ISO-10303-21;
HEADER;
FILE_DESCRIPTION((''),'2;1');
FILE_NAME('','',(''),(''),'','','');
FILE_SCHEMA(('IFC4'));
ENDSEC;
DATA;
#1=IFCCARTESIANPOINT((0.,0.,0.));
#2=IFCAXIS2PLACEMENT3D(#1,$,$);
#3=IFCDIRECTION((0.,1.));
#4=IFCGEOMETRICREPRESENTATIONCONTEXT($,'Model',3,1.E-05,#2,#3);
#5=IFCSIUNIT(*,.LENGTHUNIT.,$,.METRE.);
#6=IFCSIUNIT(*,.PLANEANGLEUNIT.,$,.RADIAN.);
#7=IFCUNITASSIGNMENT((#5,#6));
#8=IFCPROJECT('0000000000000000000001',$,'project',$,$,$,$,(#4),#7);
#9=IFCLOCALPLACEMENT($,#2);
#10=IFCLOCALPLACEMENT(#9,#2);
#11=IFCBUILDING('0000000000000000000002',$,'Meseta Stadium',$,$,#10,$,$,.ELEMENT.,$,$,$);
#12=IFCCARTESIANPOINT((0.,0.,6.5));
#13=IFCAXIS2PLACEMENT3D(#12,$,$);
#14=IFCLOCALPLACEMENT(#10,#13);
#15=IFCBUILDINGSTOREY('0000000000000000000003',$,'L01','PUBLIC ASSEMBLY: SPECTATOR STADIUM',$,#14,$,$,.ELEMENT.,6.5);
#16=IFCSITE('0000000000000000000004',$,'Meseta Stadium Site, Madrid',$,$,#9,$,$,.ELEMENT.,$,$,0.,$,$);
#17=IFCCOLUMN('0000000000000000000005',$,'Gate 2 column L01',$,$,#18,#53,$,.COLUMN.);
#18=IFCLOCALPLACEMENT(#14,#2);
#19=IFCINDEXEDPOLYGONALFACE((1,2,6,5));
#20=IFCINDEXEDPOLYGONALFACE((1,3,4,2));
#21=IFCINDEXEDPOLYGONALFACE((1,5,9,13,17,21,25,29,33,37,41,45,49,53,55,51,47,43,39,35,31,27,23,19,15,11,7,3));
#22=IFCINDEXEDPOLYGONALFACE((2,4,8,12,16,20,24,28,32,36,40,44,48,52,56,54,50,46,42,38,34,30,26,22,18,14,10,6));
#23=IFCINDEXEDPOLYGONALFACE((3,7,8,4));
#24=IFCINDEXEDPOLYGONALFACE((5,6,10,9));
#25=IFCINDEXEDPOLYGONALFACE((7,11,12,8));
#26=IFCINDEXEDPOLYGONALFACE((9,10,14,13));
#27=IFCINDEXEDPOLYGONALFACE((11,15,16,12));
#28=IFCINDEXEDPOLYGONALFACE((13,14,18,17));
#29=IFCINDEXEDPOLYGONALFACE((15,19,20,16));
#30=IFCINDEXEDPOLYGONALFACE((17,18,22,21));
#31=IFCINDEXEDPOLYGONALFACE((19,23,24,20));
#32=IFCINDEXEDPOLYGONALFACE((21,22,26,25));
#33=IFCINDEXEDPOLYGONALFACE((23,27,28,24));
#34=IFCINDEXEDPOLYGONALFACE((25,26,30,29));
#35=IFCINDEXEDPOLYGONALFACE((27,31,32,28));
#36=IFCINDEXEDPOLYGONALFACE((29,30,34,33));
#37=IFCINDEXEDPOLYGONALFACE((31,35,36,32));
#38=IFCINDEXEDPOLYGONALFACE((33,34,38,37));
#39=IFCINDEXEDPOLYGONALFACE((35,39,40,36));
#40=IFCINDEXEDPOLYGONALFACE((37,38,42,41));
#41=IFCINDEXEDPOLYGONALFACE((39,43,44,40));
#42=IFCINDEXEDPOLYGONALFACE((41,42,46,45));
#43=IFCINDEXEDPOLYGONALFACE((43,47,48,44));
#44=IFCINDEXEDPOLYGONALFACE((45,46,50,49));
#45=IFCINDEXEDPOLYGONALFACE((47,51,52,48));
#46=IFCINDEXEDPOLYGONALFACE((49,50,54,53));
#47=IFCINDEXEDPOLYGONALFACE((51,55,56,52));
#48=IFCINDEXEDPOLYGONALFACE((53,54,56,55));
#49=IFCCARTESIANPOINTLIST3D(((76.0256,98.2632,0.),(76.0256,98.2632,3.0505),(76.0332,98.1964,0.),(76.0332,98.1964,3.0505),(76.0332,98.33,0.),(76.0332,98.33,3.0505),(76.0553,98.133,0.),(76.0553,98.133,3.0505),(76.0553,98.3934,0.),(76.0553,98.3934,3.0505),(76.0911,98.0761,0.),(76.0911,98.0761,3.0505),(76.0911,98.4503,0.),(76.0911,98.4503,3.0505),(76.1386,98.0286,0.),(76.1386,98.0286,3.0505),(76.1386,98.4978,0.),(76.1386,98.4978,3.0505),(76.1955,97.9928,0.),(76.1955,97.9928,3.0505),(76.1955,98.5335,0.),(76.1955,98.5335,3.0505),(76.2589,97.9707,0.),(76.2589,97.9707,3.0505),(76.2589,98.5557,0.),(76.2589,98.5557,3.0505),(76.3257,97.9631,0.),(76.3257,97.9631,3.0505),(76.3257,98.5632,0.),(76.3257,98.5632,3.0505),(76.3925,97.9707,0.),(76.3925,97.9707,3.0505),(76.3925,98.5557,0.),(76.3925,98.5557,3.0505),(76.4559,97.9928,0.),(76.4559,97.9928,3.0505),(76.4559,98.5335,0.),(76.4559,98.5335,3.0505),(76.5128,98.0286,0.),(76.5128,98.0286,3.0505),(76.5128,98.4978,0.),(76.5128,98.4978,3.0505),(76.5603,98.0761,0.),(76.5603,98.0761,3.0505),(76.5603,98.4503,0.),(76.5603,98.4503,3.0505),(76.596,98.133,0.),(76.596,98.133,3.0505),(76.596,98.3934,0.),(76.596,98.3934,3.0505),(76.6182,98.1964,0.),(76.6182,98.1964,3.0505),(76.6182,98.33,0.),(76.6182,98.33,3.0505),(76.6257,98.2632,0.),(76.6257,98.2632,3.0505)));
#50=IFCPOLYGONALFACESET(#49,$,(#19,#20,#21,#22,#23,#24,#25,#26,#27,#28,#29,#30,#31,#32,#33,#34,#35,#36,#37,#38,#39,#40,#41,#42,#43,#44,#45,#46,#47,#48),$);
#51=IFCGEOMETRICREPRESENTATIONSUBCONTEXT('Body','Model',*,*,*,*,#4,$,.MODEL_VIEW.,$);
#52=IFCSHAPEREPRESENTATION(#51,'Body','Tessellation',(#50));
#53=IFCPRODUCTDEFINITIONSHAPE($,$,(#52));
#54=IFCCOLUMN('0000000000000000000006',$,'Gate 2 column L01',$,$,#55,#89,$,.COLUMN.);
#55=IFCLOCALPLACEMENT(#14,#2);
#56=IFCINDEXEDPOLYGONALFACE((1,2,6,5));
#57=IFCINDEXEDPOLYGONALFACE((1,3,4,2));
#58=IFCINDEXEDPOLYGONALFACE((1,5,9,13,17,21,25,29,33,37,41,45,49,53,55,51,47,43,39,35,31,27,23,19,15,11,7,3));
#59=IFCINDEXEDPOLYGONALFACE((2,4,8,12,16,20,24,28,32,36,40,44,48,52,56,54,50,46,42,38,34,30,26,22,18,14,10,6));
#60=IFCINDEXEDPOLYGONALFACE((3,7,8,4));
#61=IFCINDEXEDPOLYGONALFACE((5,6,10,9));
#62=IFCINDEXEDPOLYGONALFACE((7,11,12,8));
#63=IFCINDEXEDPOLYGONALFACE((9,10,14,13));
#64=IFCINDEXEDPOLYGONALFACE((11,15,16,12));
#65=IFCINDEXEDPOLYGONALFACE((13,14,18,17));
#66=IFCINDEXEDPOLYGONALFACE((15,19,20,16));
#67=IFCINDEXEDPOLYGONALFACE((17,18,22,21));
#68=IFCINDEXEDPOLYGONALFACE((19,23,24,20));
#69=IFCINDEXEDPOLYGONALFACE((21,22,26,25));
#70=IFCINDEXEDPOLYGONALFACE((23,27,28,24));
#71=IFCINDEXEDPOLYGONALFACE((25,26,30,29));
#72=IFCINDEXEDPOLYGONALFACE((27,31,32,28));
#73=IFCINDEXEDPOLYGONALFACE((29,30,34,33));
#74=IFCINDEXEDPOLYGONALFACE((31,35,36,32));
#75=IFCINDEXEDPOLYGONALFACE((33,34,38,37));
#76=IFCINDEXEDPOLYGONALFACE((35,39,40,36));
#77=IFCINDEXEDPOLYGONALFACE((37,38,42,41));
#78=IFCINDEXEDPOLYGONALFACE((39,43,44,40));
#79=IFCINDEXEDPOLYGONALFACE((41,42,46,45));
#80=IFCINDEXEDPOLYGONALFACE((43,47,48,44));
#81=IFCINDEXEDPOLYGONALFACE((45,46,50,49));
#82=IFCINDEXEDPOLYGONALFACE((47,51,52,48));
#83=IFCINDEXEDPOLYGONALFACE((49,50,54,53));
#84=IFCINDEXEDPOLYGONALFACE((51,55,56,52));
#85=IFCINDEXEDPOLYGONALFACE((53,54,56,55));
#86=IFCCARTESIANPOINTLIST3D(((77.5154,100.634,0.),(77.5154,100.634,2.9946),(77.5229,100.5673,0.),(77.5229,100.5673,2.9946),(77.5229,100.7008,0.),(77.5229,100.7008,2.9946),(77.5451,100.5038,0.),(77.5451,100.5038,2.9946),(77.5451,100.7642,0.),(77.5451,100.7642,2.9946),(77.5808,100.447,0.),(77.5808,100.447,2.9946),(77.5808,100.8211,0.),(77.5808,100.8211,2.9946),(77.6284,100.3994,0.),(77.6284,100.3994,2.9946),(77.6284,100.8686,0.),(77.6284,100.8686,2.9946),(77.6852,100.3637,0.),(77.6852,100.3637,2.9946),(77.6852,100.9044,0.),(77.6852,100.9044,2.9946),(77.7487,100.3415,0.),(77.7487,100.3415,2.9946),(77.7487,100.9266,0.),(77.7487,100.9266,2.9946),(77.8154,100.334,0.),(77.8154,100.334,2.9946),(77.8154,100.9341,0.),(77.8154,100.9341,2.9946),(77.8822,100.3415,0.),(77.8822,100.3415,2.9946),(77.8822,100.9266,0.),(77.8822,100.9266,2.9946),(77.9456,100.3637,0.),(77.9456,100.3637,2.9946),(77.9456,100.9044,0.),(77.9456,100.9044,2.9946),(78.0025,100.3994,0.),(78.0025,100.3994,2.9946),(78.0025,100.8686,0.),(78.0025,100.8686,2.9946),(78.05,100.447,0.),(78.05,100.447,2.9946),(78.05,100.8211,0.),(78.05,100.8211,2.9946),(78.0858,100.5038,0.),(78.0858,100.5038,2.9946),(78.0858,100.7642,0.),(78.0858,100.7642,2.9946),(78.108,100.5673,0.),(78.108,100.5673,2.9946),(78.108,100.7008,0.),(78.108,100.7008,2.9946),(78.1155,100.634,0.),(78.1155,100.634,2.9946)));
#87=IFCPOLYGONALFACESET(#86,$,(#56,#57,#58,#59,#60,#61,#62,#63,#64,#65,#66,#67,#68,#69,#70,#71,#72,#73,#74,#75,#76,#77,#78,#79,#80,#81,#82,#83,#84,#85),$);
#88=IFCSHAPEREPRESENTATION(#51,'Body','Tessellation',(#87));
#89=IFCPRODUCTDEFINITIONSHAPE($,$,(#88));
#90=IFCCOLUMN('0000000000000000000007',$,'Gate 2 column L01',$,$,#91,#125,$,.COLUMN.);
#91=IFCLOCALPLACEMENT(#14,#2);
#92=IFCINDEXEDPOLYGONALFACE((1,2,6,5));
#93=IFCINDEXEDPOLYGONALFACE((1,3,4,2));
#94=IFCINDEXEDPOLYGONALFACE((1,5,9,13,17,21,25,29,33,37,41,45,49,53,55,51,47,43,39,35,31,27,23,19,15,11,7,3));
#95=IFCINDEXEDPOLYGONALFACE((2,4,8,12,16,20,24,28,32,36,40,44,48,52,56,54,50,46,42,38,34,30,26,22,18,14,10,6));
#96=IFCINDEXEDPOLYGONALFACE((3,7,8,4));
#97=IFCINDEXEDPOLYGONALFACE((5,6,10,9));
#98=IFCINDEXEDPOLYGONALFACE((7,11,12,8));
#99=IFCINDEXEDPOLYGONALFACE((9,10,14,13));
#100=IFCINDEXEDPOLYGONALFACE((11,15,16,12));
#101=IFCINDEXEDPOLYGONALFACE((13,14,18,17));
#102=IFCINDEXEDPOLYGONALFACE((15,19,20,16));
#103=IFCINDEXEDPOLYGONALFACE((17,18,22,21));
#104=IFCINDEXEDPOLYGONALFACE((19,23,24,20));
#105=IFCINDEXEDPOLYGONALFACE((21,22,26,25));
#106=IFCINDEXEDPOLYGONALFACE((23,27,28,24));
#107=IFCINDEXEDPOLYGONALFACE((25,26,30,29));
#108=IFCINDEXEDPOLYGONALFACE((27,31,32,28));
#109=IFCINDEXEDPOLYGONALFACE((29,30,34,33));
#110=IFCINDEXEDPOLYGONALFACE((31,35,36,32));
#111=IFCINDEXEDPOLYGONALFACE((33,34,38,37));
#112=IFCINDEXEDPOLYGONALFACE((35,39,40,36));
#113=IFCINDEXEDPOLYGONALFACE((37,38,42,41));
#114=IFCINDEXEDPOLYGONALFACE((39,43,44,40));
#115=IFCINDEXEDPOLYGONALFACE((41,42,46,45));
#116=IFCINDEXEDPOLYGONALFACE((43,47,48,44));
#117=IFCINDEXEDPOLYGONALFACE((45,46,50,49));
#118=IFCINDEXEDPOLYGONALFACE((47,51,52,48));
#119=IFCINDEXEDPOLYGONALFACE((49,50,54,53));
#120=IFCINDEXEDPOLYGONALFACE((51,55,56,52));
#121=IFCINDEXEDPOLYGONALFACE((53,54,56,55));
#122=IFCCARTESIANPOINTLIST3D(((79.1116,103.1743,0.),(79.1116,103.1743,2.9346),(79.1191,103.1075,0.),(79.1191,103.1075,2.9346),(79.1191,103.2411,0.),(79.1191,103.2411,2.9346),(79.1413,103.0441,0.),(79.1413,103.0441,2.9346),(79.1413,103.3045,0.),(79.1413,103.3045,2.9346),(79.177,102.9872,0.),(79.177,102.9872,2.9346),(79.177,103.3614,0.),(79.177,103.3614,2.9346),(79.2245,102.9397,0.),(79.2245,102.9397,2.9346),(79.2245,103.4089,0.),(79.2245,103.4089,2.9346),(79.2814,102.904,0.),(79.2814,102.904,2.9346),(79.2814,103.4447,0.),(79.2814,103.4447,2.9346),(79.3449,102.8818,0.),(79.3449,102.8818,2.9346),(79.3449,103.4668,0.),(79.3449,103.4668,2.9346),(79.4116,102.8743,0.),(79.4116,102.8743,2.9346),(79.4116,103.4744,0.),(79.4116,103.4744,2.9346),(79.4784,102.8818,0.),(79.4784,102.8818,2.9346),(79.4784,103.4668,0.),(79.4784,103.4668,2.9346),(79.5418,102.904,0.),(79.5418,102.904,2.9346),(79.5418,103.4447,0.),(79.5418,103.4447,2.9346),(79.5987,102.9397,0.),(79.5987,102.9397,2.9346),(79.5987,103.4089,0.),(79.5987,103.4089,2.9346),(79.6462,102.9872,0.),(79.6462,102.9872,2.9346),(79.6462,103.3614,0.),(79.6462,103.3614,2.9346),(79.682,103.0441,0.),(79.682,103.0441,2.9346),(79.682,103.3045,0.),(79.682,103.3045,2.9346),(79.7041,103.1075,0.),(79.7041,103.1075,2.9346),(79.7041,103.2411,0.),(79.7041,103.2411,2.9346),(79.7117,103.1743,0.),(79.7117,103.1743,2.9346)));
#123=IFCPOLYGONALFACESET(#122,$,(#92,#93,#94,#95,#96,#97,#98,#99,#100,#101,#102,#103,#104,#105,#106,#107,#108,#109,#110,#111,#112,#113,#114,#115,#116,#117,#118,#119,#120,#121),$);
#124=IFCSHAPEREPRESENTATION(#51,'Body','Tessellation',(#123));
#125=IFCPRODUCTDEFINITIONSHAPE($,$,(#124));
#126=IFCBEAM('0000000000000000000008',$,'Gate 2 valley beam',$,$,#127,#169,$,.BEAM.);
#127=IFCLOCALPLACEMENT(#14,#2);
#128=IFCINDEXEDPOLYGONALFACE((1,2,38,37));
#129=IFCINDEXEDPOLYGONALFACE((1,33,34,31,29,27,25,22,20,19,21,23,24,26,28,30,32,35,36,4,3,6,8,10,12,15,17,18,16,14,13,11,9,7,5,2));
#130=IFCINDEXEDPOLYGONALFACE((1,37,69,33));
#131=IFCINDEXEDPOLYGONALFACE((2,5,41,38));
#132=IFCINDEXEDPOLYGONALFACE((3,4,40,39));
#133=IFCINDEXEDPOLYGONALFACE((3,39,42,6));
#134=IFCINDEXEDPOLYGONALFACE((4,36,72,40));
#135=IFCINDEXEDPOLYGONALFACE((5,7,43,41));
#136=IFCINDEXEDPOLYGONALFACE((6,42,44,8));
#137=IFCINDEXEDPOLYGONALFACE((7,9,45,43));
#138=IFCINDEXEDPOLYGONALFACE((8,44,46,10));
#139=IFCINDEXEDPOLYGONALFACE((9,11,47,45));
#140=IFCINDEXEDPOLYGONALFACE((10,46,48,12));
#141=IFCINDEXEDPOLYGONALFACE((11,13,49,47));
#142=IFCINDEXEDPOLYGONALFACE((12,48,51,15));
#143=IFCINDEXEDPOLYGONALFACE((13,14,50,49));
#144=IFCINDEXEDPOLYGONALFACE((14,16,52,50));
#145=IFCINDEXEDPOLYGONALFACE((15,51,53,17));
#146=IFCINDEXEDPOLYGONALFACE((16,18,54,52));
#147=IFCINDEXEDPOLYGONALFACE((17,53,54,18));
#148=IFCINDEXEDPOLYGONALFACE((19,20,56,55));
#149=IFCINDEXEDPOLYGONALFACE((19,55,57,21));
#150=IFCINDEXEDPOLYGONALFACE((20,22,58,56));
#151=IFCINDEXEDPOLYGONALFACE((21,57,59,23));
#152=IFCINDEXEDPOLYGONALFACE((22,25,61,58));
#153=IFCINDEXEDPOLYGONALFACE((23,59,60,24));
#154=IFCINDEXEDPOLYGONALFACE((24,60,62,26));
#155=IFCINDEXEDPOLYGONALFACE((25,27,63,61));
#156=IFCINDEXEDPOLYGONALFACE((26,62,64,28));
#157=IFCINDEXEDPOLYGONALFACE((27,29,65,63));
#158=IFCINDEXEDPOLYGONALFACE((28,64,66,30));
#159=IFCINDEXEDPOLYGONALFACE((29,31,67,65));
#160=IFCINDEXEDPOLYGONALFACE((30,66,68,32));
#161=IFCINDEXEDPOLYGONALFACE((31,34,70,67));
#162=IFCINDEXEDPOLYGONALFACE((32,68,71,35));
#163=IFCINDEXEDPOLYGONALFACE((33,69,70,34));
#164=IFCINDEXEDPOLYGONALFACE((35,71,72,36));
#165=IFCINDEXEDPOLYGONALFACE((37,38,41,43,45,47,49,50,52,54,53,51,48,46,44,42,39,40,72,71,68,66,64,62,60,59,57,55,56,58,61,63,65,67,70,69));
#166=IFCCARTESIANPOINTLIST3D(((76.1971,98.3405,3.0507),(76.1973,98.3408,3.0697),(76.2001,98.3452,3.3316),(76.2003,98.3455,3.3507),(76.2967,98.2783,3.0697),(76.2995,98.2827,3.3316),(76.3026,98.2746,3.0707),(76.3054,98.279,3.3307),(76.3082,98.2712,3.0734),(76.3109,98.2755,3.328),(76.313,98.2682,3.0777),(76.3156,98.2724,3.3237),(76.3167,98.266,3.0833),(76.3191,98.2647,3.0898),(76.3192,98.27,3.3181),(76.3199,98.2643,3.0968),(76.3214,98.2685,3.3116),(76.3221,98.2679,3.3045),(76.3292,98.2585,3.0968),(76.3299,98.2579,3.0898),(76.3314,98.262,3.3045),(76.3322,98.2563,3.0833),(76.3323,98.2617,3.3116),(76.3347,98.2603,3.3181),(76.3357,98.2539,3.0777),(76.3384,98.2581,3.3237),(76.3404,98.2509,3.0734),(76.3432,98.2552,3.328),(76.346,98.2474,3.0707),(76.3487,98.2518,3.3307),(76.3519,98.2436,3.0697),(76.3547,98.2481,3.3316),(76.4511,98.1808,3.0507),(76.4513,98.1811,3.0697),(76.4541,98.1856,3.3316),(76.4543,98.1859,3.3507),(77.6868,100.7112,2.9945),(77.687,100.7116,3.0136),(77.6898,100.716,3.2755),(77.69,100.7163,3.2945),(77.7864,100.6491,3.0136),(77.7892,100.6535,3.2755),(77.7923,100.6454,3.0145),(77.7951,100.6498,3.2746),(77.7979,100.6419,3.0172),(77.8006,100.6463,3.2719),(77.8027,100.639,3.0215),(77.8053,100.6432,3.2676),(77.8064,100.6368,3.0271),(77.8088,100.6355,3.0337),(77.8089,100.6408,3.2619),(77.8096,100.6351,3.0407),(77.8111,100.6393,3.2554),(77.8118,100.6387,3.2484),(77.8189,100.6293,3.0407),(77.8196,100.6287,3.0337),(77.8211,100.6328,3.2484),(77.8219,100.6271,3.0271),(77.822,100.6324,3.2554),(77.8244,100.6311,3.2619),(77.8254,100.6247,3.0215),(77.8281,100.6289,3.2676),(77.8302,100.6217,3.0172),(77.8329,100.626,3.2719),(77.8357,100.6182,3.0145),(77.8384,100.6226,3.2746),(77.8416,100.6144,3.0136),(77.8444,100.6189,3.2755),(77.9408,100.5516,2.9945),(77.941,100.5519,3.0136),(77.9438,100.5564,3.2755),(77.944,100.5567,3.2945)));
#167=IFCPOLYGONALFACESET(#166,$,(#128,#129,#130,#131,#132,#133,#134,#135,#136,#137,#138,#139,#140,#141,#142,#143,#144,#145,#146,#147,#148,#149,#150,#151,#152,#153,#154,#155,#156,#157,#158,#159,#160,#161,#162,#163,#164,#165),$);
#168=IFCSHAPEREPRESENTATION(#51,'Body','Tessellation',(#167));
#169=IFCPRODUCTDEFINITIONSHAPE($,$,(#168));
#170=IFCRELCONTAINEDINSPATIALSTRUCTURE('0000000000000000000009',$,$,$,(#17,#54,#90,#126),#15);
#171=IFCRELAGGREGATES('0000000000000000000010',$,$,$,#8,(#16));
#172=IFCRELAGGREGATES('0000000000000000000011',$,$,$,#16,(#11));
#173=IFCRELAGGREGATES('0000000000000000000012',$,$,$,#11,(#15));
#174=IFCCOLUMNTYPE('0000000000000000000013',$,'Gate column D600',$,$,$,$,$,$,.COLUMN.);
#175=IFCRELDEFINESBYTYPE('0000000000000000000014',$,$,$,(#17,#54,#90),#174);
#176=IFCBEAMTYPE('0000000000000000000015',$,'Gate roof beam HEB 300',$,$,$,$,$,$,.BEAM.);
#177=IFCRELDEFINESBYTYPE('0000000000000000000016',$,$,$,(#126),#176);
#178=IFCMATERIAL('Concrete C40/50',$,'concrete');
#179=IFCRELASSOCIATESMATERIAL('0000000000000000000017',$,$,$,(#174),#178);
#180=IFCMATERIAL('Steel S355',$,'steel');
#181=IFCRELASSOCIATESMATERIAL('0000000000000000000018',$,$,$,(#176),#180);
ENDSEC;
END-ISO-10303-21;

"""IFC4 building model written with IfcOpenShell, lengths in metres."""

from ifc_helpers import new_model, si_unit, direction, frame, origin, origin_2d, place, context, subcontext, project, spatial, circle, i_section, extrude, material, material_profile, profile_set, type_object, element, save


model = new_model("IFC4")

# Units and contexts
model_context = context("Model", 3, precision=1e-05, world=origin(), true_north=direction((0.0, 1.0)))
body_context = subcontext(model_context, "Body", "Model", "MODEL_VIEW")
ifc_project = project(units=[si_unit("LENGTHUNIT", "METRE"), si_unit("PLANEANGLEUNIT", "RADIAN")], contexts=[model_context])

# Site, building, storey
site_placement = place(None, origin())
site = spatial("IfcSite", under=ifc_project, at=site_placement, Name="Meseta Stadium Site, Madrid", CompositionType="ELEMENT", RefElevation=0.0)
building_placement = place(site_placement, origin())
building = spatial("IfcBuilding", under=site, at=building_placement, Name="Meseta Stadium", CompositionType="ELEMENT")
storey_placement = place(building_placement, frame((0.0, 0.0, 6.5)))
storey = spatial("IfcBuildingStorey", under=building, at=storey_placement, Name="L01", Description="PUBLIC ASSEMBLY: SPECTATOR STADIUM", CompositionType="ELEMENT", Elevation=6.5)

# Columns
ifc_material_1 = material(Name="Concrete C40/50", Category="concrete")
ifc_material_profile_1 = material_profile(ifc_material_1, circle(Radius=0.3, at=origin_2d()), Name="RC D600")
ifc_profile_set_1 = profile_set([ifc_material_profile_1], Name="Concrete C40/50")
column_type = type_object("IfcColumnType", Name="Gate column D600", PredefinedType="COLUMN", material=ifc_profile_set_1)
column_1_placement = place(storey_placement, frame((76.3257, 98.2632, 0.0), z_axis=(0.0, 0.0, 1.0), x_axis=(1.0, 0.0, 0.0)))
element("IfcColumn", 1, at=column_1_placement, inside=storey, type_object=column_type, Name="Gate 2 column L01", PredefinedType="COLUMN", context=body_context, shape_type="SweptSolid", body=[
    extrude(circle(Radius=0.3, at=origin_2d()), origin(), (0.0, 0.0, 1.0), 3.0505),
])
column_2_placement = place(storey_placement, frame((77.8154, 100.634, 0.0), z_axis=(0.0, 0.0, 1.0), x_axis=(1.0, 0.0, 0.0)))
element("IfcColumn", 2, at=column_2_placement, inside=storey, type_object=column_type, Name="Gate 2 column L01", PredefinedType="COLUMN", context=body_context, shape_type="SweptSolid", body=[
    extrude(circle(Radius=0.3, at=origin_2d()), origin(), (0.0, 0.0, 1.0), 2.9946),
])
column_3_placement = place(storey_placement, frame((79.4116, 103.1743, 0.0), z_axis=(0.0, 0.0, 1.0), x_axis=(1.0, 0.0, 0.0)))
element("IfcColumn", 3, at=column_3_placement, inside=storey, type_object=column_type, Name="Gate 2 column L01", PredefinedType="COLUMN", context=body_context, shape_type="SweptSolid", body=[
    extrude(circle(Radius=0.3, at=origin_2d()), origin(), (0.0, 0.0, 1.0), 2.9346),
])

# Beam
ifc_material_2 = material(Name="Steel S355", Category="steel")
ifc_material_profile_2 = material_profile(ifc_material_2, i_section(OverallWidth=0.3, OverallDepth=0.3, WebThickness=0.011, FlangeThickness=0.019, FilletRadius=0.0271, at=origin_2d()), Name="HEB 300")
ifc_profile_set_2 = profile_set([ifc_material_profile_2], Name="Steel S355")
beam_type_1 = type_object("IfcBeamType", Name="Gate roof beam HEB 300", PredefinedType="BEAM", material=ifc_profile_set_2)
beam_1_placement = place(storey_placement, frame((76.3257, 98.2632, 3.2007), z_axis=(0.531936, 0.846547, -0.02005), x_axis=(-0.846717, 0.532043, 0.0)))
element("IfcBeam", 4, at=beam_1_placement, inside=storey, type_object=beam_type_1, Name="Gate 2 valley beam", PredefinedType="BEAM", context=body_context, shape_type="SweptSolid", body=[
    extrude(i_section(OverallWidth=0.3, OverallDepth=0.3, WebThickness=0.011, FlangeThickness=0.019, FilletRadius=0.0271, at=origin_2d()), origin(), (0.0, 0.0, 1.0), 2.8005),
])

save(model, "model.ifc")
